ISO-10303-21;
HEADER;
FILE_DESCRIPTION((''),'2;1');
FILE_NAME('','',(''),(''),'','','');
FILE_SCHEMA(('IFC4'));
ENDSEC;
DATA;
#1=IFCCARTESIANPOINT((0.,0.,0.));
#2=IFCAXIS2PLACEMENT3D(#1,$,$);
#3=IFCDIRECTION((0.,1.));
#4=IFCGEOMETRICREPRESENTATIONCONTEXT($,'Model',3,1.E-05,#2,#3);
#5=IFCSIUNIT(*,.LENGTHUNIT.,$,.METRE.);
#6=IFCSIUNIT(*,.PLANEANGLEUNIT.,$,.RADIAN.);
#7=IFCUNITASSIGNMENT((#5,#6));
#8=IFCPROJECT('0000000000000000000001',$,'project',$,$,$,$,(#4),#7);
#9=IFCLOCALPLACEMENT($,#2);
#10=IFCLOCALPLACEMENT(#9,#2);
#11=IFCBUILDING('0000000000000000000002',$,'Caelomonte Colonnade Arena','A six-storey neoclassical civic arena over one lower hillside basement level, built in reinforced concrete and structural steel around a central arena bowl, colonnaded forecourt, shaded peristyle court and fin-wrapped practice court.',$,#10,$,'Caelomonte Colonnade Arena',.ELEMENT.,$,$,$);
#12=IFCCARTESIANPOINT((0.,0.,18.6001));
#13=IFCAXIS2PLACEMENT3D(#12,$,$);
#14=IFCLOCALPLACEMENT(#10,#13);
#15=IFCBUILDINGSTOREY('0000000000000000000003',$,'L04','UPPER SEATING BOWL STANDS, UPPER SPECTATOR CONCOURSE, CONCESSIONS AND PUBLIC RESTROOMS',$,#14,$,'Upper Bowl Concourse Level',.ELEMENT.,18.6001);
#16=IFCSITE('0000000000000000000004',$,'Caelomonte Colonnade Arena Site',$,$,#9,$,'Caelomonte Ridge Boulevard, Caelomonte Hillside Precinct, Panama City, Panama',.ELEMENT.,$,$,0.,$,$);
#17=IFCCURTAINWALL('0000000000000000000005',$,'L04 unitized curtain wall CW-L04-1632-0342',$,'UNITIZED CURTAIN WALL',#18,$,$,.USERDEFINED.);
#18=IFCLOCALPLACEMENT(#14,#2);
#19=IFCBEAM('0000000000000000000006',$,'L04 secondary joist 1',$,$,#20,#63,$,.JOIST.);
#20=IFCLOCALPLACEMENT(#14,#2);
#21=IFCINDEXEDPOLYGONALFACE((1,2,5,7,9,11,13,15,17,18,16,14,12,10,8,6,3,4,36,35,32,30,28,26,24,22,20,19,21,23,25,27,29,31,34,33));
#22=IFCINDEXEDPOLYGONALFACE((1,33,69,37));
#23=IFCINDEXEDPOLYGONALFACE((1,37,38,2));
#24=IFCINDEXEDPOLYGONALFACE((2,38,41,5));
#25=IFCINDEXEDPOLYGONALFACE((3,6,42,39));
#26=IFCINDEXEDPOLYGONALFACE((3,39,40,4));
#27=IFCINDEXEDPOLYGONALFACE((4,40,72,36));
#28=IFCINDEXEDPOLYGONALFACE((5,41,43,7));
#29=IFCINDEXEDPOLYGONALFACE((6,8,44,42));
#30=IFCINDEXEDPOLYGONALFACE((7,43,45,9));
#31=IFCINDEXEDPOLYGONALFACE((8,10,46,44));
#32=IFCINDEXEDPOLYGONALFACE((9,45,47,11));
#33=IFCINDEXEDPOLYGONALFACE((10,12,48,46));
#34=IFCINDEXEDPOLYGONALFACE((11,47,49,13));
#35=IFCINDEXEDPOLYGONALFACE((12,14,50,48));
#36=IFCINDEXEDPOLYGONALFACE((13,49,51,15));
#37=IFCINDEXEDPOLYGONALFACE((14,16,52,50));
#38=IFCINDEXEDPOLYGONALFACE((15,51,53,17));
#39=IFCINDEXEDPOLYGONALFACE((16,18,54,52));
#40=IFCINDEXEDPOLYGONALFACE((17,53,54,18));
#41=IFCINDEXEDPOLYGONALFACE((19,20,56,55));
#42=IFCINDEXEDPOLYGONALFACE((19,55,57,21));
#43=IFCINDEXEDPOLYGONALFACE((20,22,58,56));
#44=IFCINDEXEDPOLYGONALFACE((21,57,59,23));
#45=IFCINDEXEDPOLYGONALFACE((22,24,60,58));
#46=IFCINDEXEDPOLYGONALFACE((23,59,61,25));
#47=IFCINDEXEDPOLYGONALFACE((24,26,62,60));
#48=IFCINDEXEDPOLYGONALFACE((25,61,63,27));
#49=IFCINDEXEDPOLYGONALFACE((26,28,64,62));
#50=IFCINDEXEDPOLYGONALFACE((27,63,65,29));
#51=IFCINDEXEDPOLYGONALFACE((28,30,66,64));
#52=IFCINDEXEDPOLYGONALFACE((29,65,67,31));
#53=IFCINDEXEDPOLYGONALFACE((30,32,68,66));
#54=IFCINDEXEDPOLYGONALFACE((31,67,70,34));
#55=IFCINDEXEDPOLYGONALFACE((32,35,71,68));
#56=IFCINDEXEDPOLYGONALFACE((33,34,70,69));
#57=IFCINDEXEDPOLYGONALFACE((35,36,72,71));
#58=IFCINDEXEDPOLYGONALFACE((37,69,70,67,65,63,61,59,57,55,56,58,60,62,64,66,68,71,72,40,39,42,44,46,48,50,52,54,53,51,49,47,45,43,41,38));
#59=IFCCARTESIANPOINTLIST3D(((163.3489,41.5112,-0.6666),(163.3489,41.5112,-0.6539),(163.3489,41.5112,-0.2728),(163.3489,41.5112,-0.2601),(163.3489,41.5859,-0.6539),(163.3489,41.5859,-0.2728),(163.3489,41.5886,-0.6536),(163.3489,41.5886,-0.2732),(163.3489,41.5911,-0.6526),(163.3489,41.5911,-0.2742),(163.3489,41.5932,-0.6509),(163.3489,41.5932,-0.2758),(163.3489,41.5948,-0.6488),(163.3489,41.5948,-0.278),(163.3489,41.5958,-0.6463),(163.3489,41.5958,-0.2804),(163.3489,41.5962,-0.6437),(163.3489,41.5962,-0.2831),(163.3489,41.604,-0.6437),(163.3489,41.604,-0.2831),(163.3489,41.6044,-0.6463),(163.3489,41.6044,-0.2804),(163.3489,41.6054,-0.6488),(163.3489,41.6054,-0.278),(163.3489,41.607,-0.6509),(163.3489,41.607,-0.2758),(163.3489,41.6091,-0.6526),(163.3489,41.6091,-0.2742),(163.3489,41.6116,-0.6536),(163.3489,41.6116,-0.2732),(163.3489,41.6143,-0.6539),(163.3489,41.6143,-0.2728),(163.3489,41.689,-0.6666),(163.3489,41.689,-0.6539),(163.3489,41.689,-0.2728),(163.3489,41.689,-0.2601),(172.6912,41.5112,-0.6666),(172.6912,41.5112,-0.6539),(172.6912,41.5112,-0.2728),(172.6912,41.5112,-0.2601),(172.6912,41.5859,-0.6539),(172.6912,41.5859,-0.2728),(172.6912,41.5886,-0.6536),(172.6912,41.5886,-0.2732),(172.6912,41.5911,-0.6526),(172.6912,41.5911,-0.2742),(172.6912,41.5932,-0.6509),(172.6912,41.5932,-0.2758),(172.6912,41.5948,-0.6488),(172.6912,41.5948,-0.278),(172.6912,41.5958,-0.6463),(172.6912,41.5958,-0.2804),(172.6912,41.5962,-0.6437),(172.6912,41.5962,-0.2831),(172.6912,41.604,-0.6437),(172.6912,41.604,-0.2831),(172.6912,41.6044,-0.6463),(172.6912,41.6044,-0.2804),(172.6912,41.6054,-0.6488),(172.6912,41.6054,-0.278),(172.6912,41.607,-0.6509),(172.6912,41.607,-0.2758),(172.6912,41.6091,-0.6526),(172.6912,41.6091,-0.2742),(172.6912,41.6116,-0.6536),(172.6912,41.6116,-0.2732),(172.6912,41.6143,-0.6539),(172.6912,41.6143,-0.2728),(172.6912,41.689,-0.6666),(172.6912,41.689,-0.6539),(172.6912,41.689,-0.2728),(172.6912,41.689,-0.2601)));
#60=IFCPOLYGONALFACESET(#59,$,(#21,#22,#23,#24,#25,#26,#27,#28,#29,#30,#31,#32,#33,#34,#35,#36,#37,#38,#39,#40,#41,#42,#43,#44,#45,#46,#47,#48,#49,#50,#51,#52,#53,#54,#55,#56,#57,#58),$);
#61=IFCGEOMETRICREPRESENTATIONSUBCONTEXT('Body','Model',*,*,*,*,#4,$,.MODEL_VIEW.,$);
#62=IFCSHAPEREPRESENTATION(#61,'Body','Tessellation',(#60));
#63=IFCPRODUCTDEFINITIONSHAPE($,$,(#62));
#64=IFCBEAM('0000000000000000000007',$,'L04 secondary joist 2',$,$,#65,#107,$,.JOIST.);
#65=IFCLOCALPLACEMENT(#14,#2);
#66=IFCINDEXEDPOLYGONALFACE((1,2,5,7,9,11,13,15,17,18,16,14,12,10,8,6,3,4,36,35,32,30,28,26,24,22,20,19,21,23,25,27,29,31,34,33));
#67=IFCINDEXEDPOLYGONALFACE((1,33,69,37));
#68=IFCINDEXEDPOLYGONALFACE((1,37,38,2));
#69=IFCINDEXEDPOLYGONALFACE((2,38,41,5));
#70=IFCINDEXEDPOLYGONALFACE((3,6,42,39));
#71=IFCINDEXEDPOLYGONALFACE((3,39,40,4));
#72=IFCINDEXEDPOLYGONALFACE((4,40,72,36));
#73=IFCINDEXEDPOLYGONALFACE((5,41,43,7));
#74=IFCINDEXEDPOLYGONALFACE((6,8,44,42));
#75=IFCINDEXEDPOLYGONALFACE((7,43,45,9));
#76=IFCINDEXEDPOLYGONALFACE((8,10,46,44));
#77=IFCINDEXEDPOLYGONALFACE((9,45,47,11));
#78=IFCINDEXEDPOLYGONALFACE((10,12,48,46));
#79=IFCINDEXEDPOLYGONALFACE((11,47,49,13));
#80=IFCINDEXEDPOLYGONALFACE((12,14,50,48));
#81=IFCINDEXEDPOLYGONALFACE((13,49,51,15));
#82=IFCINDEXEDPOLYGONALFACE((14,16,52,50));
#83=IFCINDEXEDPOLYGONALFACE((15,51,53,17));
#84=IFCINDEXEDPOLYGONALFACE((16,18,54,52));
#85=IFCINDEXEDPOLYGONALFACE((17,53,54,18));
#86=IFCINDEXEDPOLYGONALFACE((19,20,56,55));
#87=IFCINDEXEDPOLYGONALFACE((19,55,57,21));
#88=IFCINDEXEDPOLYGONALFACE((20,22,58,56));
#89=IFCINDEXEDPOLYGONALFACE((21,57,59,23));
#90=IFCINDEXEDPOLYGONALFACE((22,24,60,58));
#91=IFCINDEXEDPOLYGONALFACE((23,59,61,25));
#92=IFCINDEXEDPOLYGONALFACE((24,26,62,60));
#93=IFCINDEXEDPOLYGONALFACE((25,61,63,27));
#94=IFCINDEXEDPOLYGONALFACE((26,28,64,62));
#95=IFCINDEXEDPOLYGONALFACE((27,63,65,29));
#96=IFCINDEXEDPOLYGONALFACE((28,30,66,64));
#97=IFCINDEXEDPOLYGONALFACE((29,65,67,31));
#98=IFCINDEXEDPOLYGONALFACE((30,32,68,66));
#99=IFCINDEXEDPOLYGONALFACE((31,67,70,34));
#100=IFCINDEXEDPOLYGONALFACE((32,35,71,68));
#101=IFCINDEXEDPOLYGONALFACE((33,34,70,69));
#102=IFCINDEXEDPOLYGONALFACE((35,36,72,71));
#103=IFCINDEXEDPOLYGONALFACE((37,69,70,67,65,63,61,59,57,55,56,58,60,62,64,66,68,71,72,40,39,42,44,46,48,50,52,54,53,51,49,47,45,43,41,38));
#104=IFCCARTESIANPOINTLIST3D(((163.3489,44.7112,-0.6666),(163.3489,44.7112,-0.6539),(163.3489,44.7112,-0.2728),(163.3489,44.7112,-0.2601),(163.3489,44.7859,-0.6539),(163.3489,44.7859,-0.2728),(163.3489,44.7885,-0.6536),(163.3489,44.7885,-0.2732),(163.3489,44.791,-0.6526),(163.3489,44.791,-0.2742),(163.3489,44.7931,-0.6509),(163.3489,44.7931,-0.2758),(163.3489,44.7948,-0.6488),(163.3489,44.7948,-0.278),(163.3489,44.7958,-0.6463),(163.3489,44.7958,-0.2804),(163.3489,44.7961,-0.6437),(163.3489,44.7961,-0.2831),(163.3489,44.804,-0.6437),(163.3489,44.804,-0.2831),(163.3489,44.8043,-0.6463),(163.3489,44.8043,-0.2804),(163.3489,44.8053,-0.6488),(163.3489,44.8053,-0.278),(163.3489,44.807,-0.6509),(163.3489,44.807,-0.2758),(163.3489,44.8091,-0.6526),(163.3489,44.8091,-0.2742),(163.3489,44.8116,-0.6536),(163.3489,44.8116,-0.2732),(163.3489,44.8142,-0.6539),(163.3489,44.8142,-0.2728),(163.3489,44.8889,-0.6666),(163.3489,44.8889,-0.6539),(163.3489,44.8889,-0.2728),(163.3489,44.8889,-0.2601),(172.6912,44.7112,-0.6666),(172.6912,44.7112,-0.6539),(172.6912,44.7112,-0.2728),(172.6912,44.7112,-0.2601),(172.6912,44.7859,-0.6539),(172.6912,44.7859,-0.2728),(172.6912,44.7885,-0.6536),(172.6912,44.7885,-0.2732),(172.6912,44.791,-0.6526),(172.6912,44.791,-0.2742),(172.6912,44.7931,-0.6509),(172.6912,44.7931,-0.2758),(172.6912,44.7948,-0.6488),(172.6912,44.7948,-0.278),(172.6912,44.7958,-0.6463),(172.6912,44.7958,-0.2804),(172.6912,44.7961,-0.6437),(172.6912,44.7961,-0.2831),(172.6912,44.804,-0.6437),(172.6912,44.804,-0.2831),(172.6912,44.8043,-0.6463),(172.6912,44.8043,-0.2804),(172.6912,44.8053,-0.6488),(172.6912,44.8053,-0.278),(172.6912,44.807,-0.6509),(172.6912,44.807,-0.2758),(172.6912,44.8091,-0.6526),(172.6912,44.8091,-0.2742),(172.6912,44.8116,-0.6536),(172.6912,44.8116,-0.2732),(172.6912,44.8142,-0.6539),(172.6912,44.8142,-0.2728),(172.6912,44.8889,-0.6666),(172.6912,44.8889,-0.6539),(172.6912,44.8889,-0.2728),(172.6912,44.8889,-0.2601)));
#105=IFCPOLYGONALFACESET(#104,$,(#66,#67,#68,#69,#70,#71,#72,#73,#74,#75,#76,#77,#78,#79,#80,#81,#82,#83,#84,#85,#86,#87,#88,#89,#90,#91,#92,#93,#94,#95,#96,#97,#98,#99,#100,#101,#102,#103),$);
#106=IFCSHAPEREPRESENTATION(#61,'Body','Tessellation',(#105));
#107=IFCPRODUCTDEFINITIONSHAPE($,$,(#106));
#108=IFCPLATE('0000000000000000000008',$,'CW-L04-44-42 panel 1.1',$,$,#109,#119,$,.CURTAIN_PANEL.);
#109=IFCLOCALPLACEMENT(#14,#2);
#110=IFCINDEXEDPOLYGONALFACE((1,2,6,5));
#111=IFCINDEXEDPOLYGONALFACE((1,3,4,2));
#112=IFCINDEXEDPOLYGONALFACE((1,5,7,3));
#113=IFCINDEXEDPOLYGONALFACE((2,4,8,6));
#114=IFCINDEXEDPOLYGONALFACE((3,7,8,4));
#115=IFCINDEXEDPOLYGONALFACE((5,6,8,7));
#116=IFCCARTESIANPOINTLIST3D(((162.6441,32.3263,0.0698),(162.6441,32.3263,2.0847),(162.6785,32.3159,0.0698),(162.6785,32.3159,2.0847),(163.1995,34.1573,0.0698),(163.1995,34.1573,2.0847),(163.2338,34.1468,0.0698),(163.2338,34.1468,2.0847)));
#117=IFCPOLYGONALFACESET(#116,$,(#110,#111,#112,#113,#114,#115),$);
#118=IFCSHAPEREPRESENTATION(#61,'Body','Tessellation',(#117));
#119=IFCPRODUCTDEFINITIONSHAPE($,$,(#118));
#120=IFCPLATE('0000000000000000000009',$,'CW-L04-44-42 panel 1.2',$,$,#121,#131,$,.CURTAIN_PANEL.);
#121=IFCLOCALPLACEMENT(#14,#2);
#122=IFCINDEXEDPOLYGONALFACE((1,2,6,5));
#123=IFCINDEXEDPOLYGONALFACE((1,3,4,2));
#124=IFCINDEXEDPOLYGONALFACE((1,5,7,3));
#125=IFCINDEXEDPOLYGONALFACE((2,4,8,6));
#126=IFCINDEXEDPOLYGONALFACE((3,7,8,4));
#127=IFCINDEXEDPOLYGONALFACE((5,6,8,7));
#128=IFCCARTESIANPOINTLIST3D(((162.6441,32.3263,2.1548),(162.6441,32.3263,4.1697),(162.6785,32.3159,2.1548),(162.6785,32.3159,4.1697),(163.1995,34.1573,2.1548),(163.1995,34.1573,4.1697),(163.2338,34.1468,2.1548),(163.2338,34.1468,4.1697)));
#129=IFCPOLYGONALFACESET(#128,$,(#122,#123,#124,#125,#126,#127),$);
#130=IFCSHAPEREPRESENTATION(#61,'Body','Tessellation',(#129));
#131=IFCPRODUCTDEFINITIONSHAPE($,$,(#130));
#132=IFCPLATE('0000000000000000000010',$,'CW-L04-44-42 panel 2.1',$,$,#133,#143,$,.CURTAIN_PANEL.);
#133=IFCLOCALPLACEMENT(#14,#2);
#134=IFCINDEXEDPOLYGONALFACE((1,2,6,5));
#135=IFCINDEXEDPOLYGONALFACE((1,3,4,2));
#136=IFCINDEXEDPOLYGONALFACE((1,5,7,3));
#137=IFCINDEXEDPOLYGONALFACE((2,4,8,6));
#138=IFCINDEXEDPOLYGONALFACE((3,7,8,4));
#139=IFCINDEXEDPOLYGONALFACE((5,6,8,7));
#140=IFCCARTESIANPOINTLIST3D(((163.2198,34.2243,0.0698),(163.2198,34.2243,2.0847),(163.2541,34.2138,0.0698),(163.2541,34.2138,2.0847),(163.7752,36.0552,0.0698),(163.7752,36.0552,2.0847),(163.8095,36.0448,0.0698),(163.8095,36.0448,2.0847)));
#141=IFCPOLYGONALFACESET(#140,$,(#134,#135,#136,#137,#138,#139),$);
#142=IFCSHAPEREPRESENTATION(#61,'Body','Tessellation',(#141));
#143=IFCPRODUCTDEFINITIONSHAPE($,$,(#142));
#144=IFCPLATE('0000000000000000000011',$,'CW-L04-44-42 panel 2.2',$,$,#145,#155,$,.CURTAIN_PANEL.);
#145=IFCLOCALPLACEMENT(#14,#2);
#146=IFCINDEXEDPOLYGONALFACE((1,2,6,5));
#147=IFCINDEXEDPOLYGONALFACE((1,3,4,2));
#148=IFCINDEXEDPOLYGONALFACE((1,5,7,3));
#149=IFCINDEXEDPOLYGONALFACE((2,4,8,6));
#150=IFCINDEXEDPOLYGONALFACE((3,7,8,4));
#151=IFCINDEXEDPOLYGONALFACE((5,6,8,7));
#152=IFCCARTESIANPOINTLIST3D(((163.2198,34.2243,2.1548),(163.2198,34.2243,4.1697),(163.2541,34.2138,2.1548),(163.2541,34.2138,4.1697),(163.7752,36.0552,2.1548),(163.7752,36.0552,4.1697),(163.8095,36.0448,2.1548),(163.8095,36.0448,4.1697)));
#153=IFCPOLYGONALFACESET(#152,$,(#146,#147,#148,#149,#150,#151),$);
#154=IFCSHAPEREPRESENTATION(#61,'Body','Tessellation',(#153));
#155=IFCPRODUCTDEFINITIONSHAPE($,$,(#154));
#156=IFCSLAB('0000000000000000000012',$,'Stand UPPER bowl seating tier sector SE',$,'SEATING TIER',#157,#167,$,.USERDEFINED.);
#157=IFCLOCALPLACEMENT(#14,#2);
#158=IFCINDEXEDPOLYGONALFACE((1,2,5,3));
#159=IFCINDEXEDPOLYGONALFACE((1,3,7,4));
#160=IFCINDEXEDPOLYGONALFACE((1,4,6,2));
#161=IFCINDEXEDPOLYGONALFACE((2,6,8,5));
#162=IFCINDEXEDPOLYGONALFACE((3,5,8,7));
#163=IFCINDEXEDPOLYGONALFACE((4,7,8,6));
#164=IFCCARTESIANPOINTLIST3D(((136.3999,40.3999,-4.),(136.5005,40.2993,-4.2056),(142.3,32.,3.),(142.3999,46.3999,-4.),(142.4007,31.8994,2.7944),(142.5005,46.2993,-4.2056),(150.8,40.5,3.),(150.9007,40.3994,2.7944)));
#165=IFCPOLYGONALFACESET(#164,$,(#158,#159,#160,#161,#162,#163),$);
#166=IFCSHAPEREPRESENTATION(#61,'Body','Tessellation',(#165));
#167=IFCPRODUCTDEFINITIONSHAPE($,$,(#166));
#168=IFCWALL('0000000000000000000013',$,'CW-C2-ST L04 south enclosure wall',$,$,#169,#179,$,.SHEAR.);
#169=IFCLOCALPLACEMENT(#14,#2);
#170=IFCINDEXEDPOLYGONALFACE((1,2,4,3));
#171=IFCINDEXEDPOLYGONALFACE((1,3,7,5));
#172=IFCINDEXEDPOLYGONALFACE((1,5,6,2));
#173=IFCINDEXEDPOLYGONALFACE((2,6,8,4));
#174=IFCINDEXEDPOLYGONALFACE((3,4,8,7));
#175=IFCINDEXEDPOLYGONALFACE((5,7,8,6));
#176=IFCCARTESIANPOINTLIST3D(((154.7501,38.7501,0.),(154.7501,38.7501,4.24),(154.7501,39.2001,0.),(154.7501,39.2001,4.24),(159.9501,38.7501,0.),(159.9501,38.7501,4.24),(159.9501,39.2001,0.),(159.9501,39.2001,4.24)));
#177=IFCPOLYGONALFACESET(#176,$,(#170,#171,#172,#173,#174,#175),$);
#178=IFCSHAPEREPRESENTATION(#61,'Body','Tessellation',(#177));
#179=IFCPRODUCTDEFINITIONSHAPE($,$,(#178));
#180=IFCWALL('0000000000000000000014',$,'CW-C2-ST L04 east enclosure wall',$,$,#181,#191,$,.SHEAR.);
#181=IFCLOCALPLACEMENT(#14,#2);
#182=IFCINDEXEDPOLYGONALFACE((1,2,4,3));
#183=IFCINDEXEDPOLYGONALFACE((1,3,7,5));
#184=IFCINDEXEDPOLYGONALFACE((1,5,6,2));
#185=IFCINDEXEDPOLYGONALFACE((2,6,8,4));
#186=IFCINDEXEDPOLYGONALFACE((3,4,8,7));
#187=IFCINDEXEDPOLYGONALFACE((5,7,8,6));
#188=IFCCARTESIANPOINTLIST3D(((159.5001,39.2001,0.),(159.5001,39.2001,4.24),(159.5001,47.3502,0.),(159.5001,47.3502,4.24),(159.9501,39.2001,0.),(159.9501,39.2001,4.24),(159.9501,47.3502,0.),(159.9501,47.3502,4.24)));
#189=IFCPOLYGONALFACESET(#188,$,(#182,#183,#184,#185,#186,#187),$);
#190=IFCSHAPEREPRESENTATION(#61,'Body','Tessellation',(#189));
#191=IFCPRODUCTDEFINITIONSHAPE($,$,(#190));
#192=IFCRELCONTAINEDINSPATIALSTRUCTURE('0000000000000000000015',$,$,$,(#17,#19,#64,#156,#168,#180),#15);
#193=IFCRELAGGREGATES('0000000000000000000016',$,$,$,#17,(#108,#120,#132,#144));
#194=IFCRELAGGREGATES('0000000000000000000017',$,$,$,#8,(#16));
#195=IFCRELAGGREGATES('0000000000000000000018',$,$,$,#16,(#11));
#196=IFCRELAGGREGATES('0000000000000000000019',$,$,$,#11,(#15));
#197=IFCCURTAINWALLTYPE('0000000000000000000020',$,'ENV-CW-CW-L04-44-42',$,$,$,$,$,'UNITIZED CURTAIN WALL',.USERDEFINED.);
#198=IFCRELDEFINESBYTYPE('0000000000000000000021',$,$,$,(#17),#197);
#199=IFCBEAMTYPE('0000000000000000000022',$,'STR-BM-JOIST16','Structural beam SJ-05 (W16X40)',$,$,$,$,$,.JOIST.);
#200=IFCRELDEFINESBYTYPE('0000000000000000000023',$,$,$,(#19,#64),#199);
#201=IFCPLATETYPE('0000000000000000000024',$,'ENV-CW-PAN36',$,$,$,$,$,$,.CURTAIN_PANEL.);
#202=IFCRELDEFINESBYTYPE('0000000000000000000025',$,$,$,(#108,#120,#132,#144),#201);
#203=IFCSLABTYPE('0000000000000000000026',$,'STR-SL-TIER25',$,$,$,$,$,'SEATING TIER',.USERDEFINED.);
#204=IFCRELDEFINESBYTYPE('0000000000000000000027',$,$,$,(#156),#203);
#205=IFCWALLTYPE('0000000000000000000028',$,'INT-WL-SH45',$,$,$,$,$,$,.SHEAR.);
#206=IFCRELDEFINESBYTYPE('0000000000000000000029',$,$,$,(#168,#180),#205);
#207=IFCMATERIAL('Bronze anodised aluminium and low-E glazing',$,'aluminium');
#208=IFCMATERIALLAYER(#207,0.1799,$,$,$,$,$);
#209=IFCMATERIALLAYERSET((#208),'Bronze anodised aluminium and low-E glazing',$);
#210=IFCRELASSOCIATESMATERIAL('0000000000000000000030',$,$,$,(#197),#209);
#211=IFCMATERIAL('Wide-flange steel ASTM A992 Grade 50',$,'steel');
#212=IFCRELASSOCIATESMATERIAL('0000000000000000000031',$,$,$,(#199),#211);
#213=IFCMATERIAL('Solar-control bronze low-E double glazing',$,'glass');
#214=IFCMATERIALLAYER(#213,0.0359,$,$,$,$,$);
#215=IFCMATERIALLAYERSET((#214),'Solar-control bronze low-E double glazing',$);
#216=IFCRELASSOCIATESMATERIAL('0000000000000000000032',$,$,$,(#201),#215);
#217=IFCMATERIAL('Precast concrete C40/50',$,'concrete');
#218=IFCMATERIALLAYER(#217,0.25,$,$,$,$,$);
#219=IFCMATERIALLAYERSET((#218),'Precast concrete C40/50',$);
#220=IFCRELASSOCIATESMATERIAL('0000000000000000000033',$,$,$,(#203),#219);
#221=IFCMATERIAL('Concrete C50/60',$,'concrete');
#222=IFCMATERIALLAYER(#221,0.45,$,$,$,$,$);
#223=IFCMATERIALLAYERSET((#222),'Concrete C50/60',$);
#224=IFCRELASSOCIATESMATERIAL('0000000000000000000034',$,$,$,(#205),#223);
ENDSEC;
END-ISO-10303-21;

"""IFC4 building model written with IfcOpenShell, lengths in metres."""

from ifc_helpers import new_model, si_unit, direction, frame, frame_2d, origin, origin_2d, place, context, subcontext, project, spatial, polyline, rectangle, i_section, outline, extrude, material, layer, layer_set, material_profile, profile_set, type_object, element, aggregate, save


model = new_model("IFC4")

# Units and contexts
model_context = context("Model", 3, precision=1e-05, world=origin(), true_north=direction((0.0, 1.0)))
body_context = subcontext(model_context, "Body", "Model", "MODEL_VIEW")
ifc_project = project(units=[si_unit("LENGTHUNIT", "METRE"), si_unit("PLANEANGLEUNIT", "RADIAN")], contexts=[model_context])

# Site, building, storey
site_placement = place(None, origin())
site = spatial("IfcSite", under=ifc_project, at=site_placement, Name="Caelomonte Colonnade Arena Site", LongName="Caelomonte Ridge Boulevard, Caelomonte Hillside Precinct, Panama City, Panama", CompositionType="ELEMENT", RefElevation=0.0)
building_placement = place(site_placement, origin())
building = spatial("IfcBuilding", under=site, at=building_placement, Name="Caelomonte Colonnade Arena", Description="A six-storey neoclassical civic arena over one lower hillside basement level, built in reinforced concrete and structural steel around a central arena bowl, colonnaded forecourt, shaded peristyle court and fin-wrapped practice court.", LongName="Caelomonte Colonnade Arena", CompositionType="ELEMENT")
storey_placement = place(building_placement, frame((0.0, 0.0, 18.6001)))
storey = spatial("IfcBuildingStorey", under=building, at=storey_placement, Name="L04", Description="UPPER SEATING BOWL STANDS, UPPER SPECTATOR CONCOURSE, CONCESSIONS AND PUBLIC RESTROOMS", LongName="Upper Bowl Concourse Level", CompositionType="ELEMENT", Elevation=18.6001)

# Shared definitions
ifc_material_1 = material(Name="Wide-flange steel ASTM A992 Grade 50", Category="steel")

# Curtain wall
ifc_material_2 = material(Name="Bronze anodised aluminium and low-E glazing", Category="aluminium")
ifc_layer_1 = layer(ifc_material_2, 0.1799)
ifc_layer_set_1 = layer_set([ifc_layer_1], Name="Bronze anodised aluminium and low-E glazing")
curtain_wall_type = type_object("IfcCurtainWallType", Name="ENV-CW-CW-L04-44-42", ElementType="UNITIZED CURTAIN WALL", PredefinedType="USERDEFINED", material=ifc_layer_set_1)
curtain_wall_1_placement = place(storey_placement, origin())
curtain_wall_1 = element("IfcCurtainWall", 1, at=curtain_wall_1_placement, inside=storey, type_object=curtain_wall_type, Name="L04 unitized curtain wall CW-L04-1632-0342", ObjectType="UNITIZED CURTAIN WALL", PredefinedType="USERDEFINED")

# Beams
ifc_material_profile_1 = material_profile(ifc_material_1, i_section(OverallWidth=0.1777, OverallDepth=0.4065, WebThickness=0.0078, FlangeThickness=0.0127, FilletRadius=0.0103, at=origin_2d()), Name="W16X40")
ifc_profile_set_1 = profile_set([ifc_material_profile_1], Name="Wide-flange steel ASTM A992 Grade 50")
beam_type_1 = type_object("IfcBeamType", Name="STR-BM-JOIST16", Description="Structural beam SJ-05 (W16X40)", PredefinedType="JOIST", material=ifc_profile_set_1)
for number, where, z_axis, x_axis, name in (
    (2, (163.3489, 41.6001, -0.4634), (1.0, 0.0, 0.0), (0.0, 1.0, 0.0), "L04 secondary joist 1"),
    (3, (163.3489, 44.8, -0.4634), (1.0, 0.0, 0.0), (0.0, 1.0, 0.0), "L04 secondary joist 2"),
):
    element("IfcBeam", number, at=place(storey_placement, frame(where, z_axis=z_axis, x_axis=x_axis)), inside=storey, type_object=beam_type_1, Name=name, PredefinedType="JOIST", context=body_context, shape_type="SweptSolid", body=[
        extrude(i_section(OverallWidth=0.1777, OverallDepth=0.4065, WebThickness=0.0078, FlangeThickness=0.0127, FilletRadius=0.0103, at=origin_2d()), origin(), (0.0, 0.0, 1.0), 9.3423),
    ])

# Plates
ifc_material_3 = material(Name="Solar-control bronze low-E double glazing", Category="glass")
ifc_layer_2 = layer(ifc_material_3, 0.0359)
ifc_layer_set_2 = layer_set([ifc_layer_2], Name="Solar-control bronze low-E double glazing")
plate_type = type_object("IfcPlateType", Name="ENV-CW-PAN36", PredefinedType="CURTAIN_PANEL", material=ifc_layer_set_2)
plate_1_placement = place(storey_placement, frame((162.939, 33.2366, 0.0698), z_axis=(0.0, 0.0, 1.0), x_axis=(0.290256, 0.956949, 0.0)))
plate_1 = element("IfcPlate", 4, at=plate_1_placement, type_object=plate_type, Name="CW-L04-44-42 panel 1.1", PredefinedType="CURTAIN_PANEL", context=body_context, shape_type="SweptSolid", body=[
    extrude(rectangle(XDim=1.9133, YDim=0.0359, at=origin_2d()), origin(), (0.0, 0.0, 1.0), 2.0149),
])
plate_2_placement = place(storey_placement, frame((162.939, 33.2366, 2.1548), z_axis=(0.0, 0.0, 1.0), x_axis=(0.290256, 0.956949, 0.0)))
plate_2 = element("IfcPlate", 5, at=plate_2_placement, type_object=plate_type, Name="CW-L04-44-42 panel 1.2", PredefinedType="CURTAIN_PANEL", context=body_context, shape_type="SweptSolid", body=[
    extrude(rectangle(XDim=1.9133, YDim=0.0359, at=origin_2d()), origin(), (0.0, 0.0, 1.0), 2.0149),
])
plate_3_placement = place(storey_placement, frame((163.5146, 35.1345, 0.0698), z_axis=(0.0, 0.0, 1.0), x_axis=(0.290256, 0.956949, 0.0)))
plate_3 = element("IfcPlate", 6, at=plate_3_placement, type_object=plate_type, Name="CW-L04-44-42 panel 2.1", PredefinedType="CURTAIN_PANEL", context=body_context, shape_type="SweptSolid", body=[
    extrude(rectangle(XDim=1.9133, YDim=0.0359, at=origin_2d()), origin(), (0.0, 0.0, 1.0), 2.0149),
])
plate_4_placement = place(storey_placement, frame((163.5146, 35.1345, 2.1548), z_axis=(0.0, 0.0, 1.0), x_axis=(0.290256, 0.956949, 0.0)))
plate_4 = element("IfcPlate", 7, at=plate_4_placement, type_object=plate_type, Name="CW-L04-44-42 panel 2.2", PredefinedType="CURTAIN_PANEL", context=body_context, shape_type="SweptSolid", body=[
    extrude(rectangle(XDim=1.9133, YDim=0.0359, at=origin_2d()), origin(), (0.0, 0.0, 1.0), 2.0149),
])
aggregate(curtain_wall_1, [plate_1, plate_2, plate_3, plate_4])

# Slab
ifc_material_4 = material(Name="Precast concrete C40/50", Category="concrete")
ifc_layer_3 = layer(ifc_material_4, 0.25)
ifc_layer_set_3 = layer_set([ifc_layer_3], Name="Precast concrete C40/50")
slab_type = type_object("IfcSlabType", Name="STR-SL-TIER25", ElementType="SEATING TIER", PredefinedType="USERDEFINED", material=ifc_layer_set_3)
slab_placement = place(storey_placement, frame((136.3999, 40.3999, -4.0), z_axis=(-0.402477, 0.402477, 0.822207), x_axis=(0.707107, 0.707107, 0.0)))
element("IfcSlab", 8, at=slab_placement, inside=storey, type_object=slab_type, Name="Stand UPPER bowl seating tier sector SE", ObjectType="SEATING TIER", PredefinedType="USERDEFINED", context=body_context, shape_type="SweptSolid", body=[
    extrude(outline(polyline([(0.0, 0.0), (8.4853, 0.0), (10.2532, -12.2982), (-1.7676, -12.2982), (0.0, 0.0)])), origin(), (0.0, 0.0, -1.0), 0.25),
])

# Walls
ifc_material_5 = material(Name="Concrete C50/60", Category="concrete")
ifc_layer_4 = layer(ifc_material_5, 0.45)
ifc_layer_set_4 = layer_set([ifc_layer_4], Name="Concrete C50/60")
wall_type = type_object("IfcWallType", Name="INT-WL-SH45", PredefinedType="SHEAR", material=ifc_layer_set_4)
wall_1_placement = place(storey_placement, frame((154.75, 38.9751, 0.0), z_axis=(0.0, 0.0, 1.0), x_axis=(1.0, 0.0, 0.0)))
element("IfcWall", 9, at=wall_1_placement, inside=storey, type_object=wall_type, Name="CW-C2-ST L04 south enclosure wall", PredefinedType="SHEAR", context=body_context, shape_type="SweptSolid", body=[
    extrude(rectangle(XDim=5.2, YDim=0.45, at=frame_2d((2.6001, 0.0))), origin(), (0.0, 0.0, 1.0), 4.24),
])
wall_2_placement = place(storey_placement, frame((159.7251, 39.2, 0.0), z_axis=(0.0, 0.0, 1.0), x_axis=(0.0, 1.0, 0.0)))
element("IfcWall", 10, at=wall_2_placement, inside=storey, type_object=wall_type, Name="CW-C2-ST L04 east enclosure wall", PredefinedType="SHEAR", context=body_context, shape_type="SweptSolid", body=[
    extrude(rectangle(XDim=8.1501, YDim=0.45, at=frame_2d((4.0752, 0.0))), origin(), (0.0, 0.0, 1.0), 4.24),
])

save(model, "model.ifc")
